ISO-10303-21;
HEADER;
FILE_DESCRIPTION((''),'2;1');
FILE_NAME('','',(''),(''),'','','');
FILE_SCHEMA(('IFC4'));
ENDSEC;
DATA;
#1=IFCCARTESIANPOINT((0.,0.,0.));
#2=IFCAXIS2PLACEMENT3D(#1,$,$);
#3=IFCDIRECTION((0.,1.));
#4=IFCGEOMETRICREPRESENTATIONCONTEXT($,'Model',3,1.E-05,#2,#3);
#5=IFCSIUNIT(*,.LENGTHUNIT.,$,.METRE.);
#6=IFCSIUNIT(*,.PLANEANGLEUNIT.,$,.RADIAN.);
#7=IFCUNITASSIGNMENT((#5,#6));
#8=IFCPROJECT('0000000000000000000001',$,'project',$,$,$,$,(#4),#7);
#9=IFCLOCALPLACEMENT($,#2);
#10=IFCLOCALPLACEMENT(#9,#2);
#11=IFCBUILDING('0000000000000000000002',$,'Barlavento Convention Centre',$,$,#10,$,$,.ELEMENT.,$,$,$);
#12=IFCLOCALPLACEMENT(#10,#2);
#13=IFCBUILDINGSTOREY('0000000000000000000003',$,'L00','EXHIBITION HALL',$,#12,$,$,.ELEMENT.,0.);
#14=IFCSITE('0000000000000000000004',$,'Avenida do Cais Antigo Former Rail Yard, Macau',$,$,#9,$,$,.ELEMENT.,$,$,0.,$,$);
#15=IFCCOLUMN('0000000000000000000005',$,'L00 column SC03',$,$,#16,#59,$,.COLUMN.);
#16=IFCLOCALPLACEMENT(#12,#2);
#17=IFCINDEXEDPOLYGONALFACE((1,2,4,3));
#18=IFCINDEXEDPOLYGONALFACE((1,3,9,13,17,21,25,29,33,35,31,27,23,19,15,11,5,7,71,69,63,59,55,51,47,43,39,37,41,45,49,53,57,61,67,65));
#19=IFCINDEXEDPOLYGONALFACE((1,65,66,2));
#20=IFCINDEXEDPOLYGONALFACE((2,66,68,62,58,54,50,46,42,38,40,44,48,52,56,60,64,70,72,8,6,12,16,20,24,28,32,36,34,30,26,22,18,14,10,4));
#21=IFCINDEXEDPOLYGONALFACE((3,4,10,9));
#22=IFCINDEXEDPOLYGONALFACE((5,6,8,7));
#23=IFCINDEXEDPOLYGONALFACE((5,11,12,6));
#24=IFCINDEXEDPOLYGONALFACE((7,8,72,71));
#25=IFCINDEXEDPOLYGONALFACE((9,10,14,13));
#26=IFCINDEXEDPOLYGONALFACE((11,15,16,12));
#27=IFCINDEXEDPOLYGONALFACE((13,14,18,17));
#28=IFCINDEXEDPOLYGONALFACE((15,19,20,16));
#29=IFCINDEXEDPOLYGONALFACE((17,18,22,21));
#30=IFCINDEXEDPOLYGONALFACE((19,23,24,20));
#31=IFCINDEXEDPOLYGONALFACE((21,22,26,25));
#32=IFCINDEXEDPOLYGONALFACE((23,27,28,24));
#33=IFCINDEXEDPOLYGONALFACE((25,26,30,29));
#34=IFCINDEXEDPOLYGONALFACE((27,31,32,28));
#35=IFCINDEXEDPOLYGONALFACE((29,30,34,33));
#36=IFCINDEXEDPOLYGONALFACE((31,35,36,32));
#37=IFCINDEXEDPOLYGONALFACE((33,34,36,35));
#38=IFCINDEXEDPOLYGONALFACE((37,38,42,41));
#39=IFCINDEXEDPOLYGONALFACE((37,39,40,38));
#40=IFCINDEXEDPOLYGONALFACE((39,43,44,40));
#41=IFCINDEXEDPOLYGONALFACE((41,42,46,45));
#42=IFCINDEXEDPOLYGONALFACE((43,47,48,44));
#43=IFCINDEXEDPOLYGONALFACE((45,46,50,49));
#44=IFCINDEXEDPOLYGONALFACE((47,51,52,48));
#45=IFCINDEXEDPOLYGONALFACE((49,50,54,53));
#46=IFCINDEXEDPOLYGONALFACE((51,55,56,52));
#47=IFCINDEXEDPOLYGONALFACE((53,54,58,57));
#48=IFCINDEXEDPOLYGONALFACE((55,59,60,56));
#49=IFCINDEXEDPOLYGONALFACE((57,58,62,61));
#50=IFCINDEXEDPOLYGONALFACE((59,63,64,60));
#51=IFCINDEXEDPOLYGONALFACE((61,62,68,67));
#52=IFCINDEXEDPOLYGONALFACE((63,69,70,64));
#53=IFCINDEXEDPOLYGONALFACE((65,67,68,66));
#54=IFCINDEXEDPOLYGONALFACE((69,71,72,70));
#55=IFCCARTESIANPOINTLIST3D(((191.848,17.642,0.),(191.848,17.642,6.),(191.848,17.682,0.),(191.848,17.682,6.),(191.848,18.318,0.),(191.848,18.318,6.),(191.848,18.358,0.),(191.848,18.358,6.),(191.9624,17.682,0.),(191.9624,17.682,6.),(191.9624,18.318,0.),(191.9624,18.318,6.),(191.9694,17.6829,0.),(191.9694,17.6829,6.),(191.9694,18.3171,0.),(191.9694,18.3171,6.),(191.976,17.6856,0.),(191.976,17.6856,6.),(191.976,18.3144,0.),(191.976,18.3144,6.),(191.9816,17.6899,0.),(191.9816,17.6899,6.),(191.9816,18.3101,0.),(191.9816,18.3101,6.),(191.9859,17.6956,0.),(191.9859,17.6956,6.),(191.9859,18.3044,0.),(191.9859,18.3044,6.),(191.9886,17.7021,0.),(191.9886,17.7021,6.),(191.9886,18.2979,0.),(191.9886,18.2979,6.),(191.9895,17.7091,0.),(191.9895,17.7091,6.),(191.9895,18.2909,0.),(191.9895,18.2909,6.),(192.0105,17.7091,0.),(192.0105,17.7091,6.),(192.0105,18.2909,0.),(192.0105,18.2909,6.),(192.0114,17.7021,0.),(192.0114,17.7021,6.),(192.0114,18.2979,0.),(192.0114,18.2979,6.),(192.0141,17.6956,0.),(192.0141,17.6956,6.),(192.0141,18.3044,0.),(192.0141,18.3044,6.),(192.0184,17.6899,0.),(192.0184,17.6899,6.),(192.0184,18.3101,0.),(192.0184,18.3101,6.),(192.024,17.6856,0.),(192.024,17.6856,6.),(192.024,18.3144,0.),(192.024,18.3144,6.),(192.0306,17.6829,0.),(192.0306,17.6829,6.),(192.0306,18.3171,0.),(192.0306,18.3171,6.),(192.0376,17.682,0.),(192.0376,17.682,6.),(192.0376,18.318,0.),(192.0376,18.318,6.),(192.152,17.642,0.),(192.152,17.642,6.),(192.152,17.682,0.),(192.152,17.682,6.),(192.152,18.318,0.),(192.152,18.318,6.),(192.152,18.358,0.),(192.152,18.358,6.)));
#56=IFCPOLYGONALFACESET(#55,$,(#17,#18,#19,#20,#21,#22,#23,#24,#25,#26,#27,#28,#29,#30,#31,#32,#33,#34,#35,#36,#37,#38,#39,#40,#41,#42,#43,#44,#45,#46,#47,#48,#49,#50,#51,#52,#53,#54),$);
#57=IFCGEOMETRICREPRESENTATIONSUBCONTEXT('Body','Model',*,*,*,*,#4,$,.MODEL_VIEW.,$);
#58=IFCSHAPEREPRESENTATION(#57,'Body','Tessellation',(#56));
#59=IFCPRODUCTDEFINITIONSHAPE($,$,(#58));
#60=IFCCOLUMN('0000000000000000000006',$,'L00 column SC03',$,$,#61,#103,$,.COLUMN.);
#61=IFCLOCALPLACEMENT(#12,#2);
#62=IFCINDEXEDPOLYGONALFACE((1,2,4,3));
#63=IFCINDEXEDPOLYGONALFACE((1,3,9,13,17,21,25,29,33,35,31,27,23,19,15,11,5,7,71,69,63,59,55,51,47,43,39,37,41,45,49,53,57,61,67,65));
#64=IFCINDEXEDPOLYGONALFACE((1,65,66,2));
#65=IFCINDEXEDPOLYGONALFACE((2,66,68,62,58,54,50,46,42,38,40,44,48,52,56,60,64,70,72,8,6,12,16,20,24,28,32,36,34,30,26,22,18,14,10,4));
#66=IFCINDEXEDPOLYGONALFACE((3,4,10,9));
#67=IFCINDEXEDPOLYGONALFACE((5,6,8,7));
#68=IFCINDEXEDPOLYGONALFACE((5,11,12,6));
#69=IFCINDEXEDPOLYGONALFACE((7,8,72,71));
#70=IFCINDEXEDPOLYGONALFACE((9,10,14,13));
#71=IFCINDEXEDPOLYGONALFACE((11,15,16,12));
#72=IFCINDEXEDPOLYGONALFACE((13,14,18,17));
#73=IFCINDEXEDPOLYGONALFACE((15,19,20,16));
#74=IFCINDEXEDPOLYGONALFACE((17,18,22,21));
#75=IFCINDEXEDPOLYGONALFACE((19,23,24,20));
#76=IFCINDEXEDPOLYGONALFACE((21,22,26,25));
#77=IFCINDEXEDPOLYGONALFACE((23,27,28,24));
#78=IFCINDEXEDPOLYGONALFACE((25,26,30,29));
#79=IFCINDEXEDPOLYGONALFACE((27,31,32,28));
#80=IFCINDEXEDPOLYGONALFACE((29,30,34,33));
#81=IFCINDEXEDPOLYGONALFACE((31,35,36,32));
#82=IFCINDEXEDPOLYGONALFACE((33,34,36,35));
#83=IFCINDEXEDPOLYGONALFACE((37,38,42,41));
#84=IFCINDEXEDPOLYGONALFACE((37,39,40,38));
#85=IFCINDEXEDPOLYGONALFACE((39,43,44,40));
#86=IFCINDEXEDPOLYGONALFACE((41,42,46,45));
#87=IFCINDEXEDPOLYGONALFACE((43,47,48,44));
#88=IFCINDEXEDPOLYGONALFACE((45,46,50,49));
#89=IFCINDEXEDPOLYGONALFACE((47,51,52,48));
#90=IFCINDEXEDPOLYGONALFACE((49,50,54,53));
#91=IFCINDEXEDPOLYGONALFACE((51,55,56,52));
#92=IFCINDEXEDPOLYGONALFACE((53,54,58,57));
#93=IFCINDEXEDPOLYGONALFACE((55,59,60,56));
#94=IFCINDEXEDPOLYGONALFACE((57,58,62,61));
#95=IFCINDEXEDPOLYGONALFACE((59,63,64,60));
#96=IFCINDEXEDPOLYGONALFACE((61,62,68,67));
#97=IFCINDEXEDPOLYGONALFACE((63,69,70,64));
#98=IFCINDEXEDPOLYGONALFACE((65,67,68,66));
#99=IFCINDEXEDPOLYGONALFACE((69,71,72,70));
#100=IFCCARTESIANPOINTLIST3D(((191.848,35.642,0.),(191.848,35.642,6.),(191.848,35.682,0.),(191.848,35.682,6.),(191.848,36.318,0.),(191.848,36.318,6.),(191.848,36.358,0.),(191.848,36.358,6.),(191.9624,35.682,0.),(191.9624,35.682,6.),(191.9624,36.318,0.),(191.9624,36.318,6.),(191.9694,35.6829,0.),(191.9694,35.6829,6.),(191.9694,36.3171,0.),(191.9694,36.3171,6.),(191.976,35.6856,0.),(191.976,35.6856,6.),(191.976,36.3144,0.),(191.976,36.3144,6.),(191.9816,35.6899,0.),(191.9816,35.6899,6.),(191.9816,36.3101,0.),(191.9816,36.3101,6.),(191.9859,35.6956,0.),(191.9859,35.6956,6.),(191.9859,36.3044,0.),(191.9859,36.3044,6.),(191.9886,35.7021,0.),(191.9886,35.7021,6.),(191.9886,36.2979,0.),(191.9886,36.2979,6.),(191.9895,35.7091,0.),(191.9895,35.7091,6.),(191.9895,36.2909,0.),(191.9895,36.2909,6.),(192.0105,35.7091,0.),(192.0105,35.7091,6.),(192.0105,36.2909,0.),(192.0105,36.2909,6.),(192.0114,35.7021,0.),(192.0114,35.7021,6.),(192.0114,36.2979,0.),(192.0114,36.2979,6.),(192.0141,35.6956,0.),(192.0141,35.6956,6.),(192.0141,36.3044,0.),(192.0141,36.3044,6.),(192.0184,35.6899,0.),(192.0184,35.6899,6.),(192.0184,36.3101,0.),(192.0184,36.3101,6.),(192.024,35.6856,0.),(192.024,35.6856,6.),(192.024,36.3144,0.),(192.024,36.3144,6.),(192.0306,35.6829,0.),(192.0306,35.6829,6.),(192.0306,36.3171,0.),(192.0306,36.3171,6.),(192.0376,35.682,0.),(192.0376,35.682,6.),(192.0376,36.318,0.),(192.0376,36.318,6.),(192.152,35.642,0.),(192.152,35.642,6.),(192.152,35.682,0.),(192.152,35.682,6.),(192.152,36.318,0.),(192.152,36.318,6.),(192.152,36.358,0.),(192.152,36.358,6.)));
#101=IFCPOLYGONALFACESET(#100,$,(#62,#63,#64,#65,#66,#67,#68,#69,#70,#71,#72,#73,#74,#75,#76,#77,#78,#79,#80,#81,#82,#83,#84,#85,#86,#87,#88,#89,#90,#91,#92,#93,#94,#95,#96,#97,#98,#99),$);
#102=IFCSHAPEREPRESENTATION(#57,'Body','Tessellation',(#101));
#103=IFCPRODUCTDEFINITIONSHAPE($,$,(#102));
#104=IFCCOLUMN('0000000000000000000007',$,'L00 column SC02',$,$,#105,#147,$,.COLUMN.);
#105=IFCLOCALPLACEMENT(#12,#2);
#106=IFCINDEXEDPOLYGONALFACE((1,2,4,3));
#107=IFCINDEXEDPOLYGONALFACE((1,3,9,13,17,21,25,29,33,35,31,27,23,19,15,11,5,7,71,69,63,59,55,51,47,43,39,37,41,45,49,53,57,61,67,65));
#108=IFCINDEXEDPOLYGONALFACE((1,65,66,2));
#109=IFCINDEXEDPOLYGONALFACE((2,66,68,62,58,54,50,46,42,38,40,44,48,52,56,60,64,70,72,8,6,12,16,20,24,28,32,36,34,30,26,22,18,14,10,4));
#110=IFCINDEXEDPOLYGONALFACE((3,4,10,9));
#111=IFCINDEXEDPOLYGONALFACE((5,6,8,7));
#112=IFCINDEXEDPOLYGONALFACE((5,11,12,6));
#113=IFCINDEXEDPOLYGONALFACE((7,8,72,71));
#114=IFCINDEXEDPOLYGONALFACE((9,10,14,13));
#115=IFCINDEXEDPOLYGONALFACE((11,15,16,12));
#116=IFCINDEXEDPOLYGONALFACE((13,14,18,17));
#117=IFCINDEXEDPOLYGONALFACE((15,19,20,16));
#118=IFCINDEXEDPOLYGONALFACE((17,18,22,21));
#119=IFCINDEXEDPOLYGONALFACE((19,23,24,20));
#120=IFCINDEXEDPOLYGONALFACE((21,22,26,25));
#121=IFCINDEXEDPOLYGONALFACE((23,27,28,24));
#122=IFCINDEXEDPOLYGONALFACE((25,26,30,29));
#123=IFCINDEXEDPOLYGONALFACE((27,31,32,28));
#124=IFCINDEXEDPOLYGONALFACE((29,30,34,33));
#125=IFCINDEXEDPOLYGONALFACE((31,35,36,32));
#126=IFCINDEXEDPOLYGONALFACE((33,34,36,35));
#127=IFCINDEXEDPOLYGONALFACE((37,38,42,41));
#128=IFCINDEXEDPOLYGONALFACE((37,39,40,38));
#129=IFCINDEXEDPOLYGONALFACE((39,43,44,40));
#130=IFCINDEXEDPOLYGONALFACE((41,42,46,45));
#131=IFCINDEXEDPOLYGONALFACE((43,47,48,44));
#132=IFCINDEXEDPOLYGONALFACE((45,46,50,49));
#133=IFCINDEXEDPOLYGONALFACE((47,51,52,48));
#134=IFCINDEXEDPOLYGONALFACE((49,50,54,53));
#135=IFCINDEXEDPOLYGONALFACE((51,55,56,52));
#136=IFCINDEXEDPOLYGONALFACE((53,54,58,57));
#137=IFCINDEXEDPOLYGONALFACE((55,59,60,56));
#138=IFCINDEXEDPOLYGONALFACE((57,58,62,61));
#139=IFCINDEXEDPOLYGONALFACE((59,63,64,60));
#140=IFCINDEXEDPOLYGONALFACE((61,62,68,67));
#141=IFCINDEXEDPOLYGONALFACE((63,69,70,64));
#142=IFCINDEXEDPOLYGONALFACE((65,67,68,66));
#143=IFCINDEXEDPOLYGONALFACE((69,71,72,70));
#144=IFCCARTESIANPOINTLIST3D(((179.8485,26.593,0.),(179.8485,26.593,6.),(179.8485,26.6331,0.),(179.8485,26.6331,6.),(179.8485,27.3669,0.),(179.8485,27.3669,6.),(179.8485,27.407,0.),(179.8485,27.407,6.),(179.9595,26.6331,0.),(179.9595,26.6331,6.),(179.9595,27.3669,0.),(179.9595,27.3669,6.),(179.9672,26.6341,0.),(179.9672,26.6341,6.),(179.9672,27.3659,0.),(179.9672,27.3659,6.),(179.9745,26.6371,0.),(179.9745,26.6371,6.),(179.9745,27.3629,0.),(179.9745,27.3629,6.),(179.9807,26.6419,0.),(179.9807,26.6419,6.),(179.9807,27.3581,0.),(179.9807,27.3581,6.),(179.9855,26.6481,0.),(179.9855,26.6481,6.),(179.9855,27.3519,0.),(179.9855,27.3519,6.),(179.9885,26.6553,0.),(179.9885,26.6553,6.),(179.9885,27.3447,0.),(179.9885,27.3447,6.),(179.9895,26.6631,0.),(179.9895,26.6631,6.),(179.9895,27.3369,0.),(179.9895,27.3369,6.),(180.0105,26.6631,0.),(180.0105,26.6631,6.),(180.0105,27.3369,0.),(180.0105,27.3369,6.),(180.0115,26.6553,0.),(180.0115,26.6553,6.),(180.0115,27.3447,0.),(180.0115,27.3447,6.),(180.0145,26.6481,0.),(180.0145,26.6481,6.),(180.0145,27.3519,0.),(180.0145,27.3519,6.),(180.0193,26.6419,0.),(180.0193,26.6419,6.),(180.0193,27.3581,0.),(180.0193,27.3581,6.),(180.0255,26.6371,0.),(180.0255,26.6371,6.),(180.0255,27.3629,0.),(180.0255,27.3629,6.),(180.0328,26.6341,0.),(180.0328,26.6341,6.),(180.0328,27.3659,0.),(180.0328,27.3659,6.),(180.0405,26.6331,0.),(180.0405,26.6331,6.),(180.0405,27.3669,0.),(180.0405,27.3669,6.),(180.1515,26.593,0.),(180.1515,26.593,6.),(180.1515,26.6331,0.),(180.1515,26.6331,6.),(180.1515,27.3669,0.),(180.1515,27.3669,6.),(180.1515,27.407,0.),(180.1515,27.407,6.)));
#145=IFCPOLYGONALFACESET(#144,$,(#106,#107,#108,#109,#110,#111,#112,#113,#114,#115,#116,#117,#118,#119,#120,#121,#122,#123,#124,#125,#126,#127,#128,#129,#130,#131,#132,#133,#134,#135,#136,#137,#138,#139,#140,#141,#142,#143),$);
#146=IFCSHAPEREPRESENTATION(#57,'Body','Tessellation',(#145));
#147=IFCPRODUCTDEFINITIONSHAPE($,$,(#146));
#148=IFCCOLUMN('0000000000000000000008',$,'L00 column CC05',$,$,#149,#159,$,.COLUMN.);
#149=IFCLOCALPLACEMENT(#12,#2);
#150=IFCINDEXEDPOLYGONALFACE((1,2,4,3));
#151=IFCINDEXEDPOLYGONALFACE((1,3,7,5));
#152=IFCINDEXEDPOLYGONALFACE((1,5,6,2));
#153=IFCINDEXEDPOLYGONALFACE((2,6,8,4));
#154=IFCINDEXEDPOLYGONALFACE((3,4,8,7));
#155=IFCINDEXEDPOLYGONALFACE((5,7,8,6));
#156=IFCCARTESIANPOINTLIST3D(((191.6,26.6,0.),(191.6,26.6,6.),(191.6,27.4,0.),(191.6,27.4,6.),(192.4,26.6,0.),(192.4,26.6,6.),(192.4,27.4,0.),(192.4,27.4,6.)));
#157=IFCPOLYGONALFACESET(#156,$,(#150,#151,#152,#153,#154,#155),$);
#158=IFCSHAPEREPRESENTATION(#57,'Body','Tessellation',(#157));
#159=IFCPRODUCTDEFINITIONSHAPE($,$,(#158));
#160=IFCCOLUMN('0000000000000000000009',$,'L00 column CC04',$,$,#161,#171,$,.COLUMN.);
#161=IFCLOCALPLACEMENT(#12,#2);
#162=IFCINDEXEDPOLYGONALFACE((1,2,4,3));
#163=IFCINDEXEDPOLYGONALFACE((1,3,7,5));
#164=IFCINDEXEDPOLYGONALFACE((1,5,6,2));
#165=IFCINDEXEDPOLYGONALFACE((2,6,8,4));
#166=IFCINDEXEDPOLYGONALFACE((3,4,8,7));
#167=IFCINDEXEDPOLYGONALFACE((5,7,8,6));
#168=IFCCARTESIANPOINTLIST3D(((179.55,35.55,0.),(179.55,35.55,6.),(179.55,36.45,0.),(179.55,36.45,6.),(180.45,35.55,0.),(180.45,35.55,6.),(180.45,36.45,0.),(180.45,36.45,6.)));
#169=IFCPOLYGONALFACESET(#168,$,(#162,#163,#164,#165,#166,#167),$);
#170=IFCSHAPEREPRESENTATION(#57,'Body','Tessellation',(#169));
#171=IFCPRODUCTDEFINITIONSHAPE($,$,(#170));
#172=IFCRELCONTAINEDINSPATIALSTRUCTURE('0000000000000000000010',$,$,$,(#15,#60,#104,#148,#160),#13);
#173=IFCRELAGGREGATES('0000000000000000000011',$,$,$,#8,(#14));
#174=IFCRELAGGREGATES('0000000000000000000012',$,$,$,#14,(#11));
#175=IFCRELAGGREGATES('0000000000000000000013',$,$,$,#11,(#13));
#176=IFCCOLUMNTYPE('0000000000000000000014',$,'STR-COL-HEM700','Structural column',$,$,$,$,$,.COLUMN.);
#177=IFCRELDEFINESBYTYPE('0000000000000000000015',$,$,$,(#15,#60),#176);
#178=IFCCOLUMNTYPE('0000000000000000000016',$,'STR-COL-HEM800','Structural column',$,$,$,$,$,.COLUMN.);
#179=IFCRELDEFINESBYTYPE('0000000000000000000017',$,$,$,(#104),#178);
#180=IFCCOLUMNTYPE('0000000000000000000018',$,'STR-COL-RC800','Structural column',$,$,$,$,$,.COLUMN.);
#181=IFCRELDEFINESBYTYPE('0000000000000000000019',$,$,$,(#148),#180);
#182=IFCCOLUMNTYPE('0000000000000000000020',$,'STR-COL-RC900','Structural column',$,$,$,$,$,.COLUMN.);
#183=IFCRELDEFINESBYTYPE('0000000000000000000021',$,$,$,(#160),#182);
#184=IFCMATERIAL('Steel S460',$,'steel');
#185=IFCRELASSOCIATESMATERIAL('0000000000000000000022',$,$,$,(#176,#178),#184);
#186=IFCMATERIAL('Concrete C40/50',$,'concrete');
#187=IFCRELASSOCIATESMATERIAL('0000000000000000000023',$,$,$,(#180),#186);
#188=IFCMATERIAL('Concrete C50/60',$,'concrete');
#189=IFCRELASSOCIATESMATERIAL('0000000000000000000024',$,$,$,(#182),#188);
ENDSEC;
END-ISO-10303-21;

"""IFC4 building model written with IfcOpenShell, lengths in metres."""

from ifc_helpers import new_model, si_unit, direction, frame, origin, origin_2d, place, context, subcontext, project, spatial, rectangle, i_section, extrude, material, material_profile, profile_set, type_object, element, save


model = new_model("IFC4")

# Units and contexts
model_context = context("Model", 3, precision=1e-05, world=origin(), true_north=direction((0.0, 1.0)))
body_context = subcontext(model_context, "Body", "Model", "MODEL_VIEW")
ifc_project = project(units=[si_unit("LENGTHUNIT", "METRE"), si_unit("PLANEANGLEUNIT", "RADIAN")], contexts=[model_context])

# Site, building, storey
site_placement = place(None, origin())
site = spatial("IfcSite", under=ifc_project, at=site_placement, Name="Avenida do Cais Antigo Former Rail Yard, Macau", CompositionType="ELEMENT", RefElevation=0.0)
building_placement = place(site_placement, origin())
building = spatial("IfcBuilding", under=site, at=building_placement, Name="Barlavento Convention Centre", CompositionType="ELEMENT")
storey_placement = place(building_placement, origin())
storey = spatial("IfcBuildingStorey", under=building, at=storey_placement, Name="L00", Description="EXHIBITION HALL", CompositionType="ELEMENT", Elevation=0.0)

# Columns
ifc_material_1 = material(Name="Steel S460", Category="steel")
ifc_material_profile_1 = material_profile(ifc_material_1, i_section(OverallWidth=0.304, OverallDepth=0.7161, WebThickness=0.021, FlangeThickness=0.04, FilletRadius=0.0271, at=origin_2d()), Name="HEM 700")
ifc_profile_set_1 = profile_set([ifc_material_profile_1], Name="Steel S460")
column_type_1 = type_object("IfcColumnType", Name="STR-COL-HEM700", Description="Structural column", PredefinedType="COLUMN", material=ifc_profile_set_1)
for number, where, z_axis, x_axis, name in (
    (1, (192.0, 18.0, 0.0), (0.0, 0.0, 1.0), (1.0, 0.0, 0.0), "L00 column SC03"),
    (2, (192.0, 36.0, 0.0), (0.0, 0.0, 1.0), (1.0, 0.0, 0.0), "L00 column SC03"),
):
    element("IfcColumn", number, at=place(storey_placement, frame(where, z_axis=z_axis, x_axis=x_axis)), inside=storey, type_object=column_type_1, Name=name, PredefinedType="COLUMN", context=body_context, shape_type="SweptSolid", body=[
        extrude(i_section(OverallWidth=0.304, OverallDepth=0.7161, WebThickness=0.021, FlangeThickness=0.04, FilletRadius=0.0271, at=origin_2d()), origin(), (0.0, 0.0, 1.0), 6.0),
    ])
ifc_material_profile_2 = material_profile(ifc_material_1, i_section(OverallWidth=0.303, OverallDepth=0.814, WebThickness=0.021, FlangeThickness=0.04, FilletRadius=0.03, at=origin_2d()), Name="HEM 800")
ifc_profile_set_2 = profile_set([ifc_material_profile_2], Name="Steel S460")
column_type_2 = type_object("IfcColumnType", Name="STR-COL-HEM800", Description="Structural column", PredefinedType="COLUMN", material=ifc_profile_set_2)
column_1_placement = place(storey_placement, frame((180.0, 27.0, 0.0), z_axis=(0.0, 0.0, 1.0), x_axis=(1.0, 0.0, 0.0)))
element("IfcColumn", 3, at=column_1_placement, inside=storey, type_object=column_type_2, Name="L00 column SC02", PredefinedType="COLUMN", context=body_context, shape_type="SweptSolid", body=[
    extrude(i_section(OverallWidth=0.303, OverallDepth=0.814, WebThickness=0.021, FlangeThickness=0.04, FilletRadius=0.03, at=origin_2d()), origin(), (0.0, 0.0, 1.0), 6.0),
])
ifc_material_2 = material(Name="Concrete C40/50", Category="concrete")
ifc_material_profile_3 = material_profile(ifc_material_2, rectangle(XDim=0.8, YDim=0.8, at=origin_2d()), Name="RC 800x800")
ifc_profile_set_3 = profile_set([ifc_material_profile_3], Name="Concrete C40/50")
column_type_3 = type_object("IfcColumnType", Name="STR-COL-RC800", Description="Structural column", PredefinedType="COLUMN", material=ifc_profile_set_3)
column_2_placement = place(storey_placement, frame((192.0, 27.0, 0.0), z_axis=(0.0, 0.0, 1.0), x_axis=(1.0, 0.0, 0.0)))
element("IfcColumn", 4, at=column_2_placement, inside=storey, type_object=column_type_3, Name="L00 column CC05", PredefinedType="COLUMN", context=body_context, shape_type="SweptSolid", body=[
    extrude(rectangle(XDim=0.8, YDim=0.8, at=origin_2d()), origin(), (0.0, 0.0, 1.0), 6.0),
])
ifc_material_3 = material(Name="Concrete C50/60", Category="concrete")
ifc_material_profile_4 = material_profile(ifc_material_3, rectangle(XDim=0.8999, YDim=0.8999, at=origin_2d()), Name="RC 900x900")
ifc_profile_set_4 = profile_set([ifc_material_profile_4], Name="Concrete C50/60")
column_type_4 = type_object("IfcColumnType", Name="STR-COL-RC900", Description="Structural column", PredefinedType="COLUMN", material=ifc_profile_set_4)
column_3_placement = place(storey_placement, frame((180.0, 36.0, 0.0), z_axis=(0.0, 0.0, 1.0), x_axis=(1.0, 0.0, 0.0)))
element("IfcColumn", 5, at=column_3_placement, inside=storey, type_object=column_type_4, Name="L00 column CC04", PredefinedType="COLUMN", context=body_context, shape_type="SweptSolid", body=[
    extrude(rectangle(XDim=0.8999, YDim=0.8999, at=origin_2d()), origin(), (0.0, 0.0, 1.0), 6.0),
])

save(model, "model.ifc")
